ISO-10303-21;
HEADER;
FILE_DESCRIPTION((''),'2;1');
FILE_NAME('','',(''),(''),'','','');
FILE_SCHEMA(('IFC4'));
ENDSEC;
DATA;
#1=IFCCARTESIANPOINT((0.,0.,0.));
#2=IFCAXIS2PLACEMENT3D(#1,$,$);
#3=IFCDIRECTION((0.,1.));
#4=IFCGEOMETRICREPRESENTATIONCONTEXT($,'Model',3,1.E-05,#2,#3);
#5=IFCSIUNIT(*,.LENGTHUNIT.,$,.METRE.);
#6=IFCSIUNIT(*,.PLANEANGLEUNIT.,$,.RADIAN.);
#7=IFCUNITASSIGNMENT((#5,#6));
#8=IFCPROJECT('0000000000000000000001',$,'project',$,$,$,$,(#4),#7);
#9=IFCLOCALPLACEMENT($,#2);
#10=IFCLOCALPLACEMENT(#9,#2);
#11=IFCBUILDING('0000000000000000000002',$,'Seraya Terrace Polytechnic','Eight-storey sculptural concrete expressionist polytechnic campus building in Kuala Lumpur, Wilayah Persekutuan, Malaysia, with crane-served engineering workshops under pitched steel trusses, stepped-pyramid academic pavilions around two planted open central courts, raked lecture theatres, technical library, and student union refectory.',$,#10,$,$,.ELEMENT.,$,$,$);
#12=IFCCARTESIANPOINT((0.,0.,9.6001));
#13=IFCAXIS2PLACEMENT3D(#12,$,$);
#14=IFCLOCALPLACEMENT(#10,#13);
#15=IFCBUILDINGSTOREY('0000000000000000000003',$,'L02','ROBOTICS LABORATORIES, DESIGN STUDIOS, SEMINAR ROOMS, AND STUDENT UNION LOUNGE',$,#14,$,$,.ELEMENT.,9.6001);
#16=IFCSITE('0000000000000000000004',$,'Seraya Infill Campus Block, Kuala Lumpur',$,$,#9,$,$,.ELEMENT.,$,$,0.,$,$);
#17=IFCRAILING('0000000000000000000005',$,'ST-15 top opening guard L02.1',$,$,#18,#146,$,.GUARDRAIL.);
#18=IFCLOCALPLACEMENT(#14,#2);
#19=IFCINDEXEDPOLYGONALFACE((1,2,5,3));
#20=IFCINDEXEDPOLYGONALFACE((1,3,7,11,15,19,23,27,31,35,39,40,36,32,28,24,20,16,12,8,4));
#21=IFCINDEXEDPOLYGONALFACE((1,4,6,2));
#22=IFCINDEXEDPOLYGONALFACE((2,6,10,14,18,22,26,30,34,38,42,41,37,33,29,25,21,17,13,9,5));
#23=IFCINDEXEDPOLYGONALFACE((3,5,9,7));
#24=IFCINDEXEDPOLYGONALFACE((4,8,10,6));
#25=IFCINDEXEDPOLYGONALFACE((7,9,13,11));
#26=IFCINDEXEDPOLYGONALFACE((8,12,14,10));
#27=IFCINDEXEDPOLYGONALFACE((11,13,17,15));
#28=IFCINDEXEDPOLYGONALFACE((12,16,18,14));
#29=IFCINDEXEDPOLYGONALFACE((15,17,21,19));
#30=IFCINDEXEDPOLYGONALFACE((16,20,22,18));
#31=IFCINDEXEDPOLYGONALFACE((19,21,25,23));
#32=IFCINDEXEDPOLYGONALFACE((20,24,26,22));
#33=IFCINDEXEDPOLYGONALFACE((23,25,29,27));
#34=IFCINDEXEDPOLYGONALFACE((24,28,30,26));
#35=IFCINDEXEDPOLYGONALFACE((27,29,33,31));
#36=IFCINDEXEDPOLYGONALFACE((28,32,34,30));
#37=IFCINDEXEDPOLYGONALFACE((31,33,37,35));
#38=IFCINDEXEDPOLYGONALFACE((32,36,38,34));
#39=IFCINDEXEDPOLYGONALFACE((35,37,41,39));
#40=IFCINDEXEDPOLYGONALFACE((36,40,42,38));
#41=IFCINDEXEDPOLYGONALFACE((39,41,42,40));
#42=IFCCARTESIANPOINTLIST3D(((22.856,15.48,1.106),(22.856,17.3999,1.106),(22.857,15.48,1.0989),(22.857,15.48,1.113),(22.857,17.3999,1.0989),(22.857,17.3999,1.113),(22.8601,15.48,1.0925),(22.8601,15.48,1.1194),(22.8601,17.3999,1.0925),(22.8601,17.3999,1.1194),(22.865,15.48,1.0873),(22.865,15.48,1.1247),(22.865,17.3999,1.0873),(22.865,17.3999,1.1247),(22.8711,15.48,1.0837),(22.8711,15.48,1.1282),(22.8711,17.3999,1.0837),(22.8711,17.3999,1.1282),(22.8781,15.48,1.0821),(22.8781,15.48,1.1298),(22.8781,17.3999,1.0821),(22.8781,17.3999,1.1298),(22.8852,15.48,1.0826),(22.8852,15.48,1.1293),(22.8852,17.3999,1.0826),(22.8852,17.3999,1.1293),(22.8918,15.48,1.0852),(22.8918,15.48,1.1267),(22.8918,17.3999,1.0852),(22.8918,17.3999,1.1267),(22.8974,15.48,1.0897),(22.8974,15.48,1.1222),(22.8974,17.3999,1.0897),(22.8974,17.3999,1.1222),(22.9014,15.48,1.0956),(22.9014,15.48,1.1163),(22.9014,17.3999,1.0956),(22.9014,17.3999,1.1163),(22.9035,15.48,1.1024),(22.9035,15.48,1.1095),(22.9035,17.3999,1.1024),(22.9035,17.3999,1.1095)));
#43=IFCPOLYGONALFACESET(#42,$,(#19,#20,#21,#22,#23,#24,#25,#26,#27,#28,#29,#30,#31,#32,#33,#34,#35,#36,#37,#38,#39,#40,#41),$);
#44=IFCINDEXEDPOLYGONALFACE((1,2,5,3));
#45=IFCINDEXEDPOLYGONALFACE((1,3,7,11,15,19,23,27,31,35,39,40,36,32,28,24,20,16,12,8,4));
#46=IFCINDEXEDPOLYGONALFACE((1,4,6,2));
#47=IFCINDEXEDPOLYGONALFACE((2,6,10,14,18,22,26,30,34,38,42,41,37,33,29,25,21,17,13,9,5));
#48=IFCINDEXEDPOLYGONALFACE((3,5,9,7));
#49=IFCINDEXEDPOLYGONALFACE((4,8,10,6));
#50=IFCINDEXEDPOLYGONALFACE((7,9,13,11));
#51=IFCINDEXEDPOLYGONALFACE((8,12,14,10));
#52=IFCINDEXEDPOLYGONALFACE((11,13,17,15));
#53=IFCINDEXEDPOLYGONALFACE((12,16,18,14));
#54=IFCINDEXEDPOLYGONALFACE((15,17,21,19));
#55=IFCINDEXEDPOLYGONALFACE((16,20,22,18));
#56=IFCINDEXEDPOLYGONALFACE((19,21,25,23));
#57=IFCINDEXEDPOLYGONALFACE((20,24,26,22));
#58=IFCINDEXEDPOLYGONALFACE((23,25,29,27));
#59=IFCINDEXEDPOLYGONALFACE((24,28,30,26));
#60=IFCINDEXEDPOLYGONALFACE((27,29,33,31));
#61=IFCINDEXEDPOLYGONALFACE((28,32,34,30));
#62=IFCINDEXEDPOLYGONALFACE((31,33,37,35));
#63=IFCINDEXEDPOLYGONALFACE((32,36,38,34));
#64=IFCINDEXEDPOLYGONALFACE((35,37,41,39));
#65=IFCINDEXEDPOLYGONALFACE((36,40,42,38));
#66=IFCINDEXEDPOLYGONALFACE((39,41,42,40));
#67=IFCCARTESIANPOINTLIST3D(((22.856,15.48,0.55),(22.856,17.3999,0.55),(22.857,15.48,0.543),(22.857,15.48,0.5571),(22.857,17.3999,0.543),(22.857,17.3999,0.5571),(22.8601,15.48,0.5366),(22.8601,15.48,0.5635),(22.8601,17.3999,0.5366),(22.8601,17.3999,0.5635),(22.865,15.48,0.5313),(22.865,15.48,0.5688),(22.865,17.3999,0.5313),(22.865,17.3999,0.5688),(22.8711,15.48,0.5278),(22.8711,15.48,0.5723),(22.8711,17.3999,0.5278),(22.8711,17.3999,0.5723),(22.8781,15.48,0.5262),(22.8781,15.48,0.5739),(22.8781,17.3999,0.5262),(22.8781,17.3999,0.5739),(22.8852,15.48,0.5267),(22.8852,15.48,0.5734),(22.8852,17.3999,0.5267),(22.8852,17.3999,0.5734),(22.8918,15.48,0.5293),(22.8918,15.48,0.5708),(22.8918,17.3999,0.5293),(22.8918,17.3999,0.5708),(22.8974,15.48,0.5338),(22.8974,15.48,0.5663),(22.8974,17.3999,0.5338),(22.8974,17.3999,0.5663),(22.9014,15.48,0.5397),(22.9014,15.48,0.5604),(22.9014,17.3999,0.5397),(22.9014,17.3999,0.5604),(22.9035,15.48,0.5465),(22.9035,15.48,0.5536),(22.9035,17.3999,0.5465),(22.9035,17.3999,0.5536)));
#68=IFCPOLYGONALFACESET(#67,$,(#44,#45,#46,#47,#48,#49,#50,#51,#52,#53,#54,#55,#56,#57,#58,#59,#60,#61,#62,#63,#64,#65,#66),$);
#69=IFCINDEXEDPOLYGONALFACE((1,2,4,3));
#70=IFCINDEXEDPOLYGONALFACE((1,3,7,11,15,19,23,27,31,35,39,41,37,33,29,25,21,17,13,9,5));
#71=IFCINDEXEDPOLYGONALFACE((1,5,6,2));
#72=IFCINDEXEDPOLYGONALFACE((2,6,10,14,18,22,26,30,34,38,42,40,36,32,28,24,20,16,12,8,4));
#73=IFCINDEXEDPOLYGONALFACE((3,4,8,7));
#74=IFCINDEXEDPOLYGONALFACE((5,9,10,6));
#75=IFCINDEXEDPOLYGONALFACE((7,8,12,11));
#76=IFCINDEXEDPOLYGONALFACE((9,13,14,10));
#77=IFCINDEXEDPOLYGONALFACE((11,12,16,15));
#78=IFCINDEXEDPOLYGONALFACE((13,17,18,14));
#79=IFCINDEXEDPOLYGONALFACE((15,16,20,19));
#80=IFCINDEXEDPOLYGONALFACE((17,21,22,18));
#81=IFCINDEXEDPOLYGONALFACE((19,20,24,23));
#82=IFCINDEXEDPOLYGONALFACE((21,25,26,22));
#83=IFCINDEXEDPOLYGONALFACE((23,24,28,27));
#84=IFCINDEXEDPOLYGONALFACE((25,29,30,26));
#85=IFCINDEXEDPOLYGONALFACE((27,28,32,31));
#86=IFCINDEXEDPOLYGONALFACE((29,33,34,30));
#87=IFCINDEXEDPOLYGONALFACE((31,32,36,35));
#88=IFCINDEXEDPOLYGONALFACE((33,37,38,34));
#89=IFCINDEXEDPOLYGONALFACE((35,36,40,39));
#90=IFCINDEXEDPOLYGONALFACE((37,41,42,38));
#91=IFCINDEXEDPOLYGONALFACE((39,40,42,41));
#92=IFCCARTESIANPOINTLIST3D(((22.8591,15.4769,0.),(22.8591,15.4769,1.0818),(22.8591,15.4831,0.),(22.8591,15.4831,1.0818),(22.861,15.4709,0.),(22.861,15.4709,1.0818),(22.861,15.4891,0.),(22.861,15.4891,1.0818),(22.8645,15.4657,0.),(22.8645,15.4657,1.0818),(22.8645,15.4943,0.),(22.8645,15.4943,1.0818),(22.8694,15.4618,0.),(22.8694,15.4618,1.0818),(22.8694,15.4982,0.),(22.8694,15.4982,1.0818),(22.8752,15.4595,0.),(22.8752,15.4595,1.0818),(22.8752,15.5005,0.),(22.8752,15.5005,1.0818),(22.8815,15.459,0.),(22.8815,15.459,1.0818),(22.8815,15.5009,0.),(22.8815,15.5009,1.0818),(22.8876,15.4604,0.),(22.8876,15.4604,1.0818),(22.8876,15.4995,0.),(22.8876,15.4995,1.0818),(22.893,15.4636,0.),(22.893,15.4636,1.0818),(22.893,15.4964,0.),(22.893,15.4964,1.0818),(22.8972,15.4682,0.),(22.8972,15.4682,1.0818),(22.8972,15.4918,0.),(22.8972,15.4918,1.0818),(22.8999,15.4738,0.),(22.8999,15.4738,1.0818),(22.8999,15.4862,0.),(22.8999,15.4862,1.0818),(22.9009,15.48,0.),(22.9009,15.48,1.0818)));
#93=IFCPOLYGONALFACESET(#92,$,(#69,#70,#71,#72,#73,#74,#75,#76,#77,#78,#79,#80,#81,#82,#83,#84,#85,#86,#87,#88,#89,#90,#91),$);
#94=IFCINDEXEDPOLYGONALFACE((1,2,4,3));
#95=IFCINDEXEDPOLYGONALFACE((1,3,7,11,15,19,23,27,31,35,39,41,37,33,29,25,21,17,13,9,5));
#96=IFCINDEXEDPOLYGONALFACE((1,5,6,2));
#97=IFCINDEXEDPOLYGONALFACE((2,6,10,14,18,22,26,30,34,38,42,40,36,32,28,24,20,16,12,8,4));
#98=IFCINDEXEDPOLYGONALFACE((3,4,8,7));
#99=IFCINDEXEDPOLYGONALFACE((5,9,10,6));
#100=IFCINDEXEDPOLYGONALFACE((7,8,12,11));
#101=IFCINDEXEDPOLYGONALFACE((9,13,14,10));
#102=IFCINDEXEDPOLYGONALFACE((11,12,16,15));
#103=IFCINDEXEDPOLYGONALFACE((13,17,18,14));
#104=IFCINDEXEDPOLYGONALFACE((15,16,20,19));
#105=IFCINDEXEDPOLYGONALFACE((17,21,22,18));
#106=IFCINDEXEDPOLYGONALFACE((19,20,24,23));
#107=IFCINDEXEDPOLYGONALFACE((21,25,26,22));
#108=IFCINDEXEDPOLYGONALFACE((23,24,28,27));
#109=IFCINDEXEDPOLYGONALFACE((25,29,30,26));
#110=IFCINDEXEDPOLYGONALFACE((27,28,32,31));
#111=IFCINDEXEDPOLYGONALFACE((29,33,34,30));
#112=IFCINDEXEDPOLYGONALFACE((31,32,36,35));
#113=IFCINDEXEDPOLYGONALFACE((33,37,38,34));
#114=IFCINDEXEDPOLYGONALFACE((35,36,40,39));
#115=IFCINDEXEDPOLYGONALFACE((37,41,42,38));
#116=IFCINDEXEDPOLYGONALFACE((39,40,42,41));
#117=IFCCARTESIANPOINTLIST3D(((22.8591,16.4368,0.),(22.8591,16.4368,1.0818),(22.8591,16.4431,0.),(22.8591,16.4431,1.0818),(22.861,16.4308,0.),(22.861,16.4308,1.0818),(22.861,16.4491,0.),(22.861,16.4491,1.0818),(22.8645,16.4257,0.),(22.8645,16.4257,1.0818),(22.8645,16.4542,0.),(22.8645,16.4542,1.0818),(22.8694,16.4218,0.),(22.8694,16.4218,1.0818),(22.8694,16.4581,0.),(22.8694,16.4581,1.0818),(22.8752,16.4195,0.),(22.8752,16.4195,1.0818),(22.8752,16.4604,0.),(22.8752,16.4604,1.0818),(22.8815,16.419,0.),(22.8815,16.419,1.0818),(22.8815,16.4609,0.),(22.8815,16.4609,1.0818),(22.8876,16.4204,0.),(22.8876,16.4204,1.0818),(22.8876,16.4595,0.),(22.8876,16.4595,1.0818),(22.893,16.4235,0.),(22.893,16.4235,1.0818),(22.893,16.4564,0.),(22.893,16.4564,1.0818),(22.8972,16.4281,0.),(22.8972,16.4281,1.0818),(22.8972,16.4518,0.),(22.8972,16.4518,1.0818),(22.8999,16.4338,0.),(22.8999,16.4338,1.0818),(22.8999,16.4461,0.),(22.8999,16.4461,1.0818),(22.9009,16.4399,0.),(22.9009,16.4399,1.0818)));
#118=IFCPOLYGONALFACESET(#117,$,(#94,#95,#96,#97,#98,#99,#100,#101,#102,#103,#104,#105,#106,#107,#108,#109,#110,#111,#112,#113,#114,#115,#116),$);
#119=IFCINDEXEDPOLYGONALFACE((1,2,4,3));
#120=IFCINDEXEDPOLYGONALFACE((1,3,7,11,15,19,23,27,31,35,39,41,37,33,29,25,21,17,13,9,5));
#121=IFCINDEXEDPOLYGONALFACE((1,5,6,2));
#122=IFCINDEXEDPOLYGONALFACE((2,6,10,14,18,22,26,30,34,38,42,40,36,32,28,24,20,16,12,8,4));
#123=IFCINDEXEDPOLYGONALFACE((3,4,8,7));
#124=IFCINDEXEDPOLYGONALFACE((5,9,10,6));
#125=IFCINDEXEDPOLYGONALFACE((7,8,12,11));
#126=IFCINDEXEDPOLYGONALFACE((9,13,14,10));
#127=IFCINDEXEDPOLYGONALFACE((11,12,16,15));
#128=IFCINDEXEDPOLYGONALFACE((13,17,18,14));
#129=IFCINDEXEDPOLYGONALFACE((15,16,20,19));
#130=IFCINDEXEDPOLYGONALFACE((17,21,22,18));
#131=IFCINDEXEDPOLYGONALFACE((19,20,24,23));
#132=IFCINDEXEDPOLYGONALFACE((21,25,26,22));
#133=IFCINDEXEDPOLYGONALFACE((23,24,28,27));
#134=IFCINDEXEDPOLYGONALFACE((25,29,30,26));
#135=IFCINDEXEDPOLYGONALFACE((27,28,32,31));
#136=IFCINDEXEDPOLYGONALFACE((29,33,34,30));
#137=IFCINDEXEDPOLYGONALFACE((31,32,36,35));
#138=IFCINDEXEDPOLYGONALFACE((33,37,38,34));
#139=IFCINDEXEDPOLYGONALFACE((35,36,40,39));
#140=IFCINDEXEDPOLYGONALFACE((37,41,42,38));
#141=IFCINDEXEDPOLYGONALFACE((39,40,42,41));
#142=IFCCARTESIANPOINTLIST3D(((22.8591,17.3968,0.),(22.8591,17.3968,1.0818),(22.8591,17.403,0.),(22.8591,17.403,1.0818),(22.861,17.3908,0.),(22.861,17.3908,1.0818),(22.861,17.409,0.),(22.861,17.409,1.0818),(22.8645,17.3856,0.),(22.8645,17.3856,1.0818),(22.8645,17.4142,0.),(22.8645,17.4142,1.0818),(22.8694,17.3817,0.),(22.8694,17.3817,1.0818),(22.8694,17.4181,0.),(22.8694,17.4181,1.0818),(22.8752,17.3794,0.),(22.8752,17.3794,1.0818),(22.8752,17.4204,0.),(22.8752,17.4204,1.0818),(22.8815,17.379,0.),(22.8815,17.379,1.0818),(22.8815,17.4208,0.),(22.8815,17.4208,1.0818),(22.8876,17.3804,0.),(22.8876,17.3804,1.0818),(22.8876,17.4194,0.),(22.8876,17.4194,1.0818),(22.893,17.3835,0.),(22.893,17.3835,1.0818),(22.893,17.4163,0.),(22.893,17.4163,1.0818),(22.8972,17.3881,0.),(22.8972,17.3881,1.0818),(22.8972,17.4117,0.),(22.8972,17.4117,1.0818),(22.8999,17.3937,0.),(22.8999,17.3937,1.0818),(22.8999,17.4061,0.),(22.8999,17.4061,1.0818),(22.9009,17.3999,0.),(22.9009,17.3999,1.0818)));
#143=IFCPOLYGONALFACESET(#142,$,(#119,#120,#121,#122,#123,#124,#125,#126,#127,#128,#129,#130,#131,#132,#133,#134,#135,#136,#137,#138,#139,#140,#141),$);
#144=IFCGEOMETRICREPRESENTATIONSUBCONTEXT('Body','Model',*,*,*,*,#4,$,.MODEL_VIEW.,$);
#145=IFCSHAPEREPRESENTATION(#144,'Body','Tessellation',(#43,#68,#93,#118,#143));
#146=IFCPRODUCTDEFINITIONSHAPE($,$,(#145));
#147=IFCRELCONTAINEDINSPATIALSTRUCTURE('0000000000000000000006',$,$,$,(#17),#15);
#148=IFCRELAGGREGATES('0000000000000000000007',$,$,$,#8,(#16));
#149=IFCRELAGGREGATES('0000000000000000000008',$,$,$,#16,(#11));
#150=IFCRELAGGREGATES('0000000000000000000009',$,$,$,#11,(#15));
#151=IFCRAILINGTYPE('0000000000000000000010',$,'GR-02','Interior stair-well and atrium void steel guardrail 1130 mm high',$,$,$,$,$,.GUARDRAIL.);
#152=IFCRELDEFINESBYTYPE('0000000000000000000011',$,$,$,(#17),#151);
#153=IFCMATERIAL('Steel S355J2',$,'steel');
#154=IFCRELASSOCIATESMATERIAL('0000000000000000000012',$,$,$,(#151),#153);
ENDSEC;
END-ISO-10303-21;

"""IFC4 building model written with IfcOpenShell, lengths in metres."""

from ifc_helpers import new_model, si_unit, direction, frame, origin, origin_2d, place, context, subcontext, project, spatial, circle, extrude, material, type_object, element, save


model = new_model("IFC4")

# Units and contexts
model_context = context("Model", 3, precision=1e-05, world=origin(), true_north=direction((0.0, 1.0)))
body_context = subcontext(model_context, "Body", "Model", "MODEL_VIEW")
ifc_project = project(units=[si_unit("LENGTHUNIT", "METRE"), si_unit("PLANEANGLEUNIT", "RADIAN")], contexts=[model_context])

# Site, building, storey
site_placement = place(None, origin())
site = spatial("IfcSite", under=ifc_project, at=site_placement, Name="Seraya Infill Campus Block, Kuala Lumpur", CompositionType="ELEMENT", RefElevation=0.0)
building_placement = place(site_placement, origin())
building = spatial("IfcBuilding", under=site, at=building_placement, Name="Seraya Terrace Polytechnic", Description="Eight-storey sculptural concrete expressionist polytechnic campus building in Kuala Lumpur, Wilayah Persekutuan, Malaysia, with crane-served engineering workshops under pitched steel trusses, stepped-pyramid academic pavilions around two planted open central courts, raked lecture theatres, technical library, and student union refectory.", CompositionType="ELEMENT")
storey_placement = place(building_placement, frame((0.0, 0.0, 9.6001)))
storey = spatial("IfcBuildingStorey", under=building, at=storey_placement, Name="L02", Description="ROBOTICS LABORATORIES, DESIGN STUDIOS, SEMINAR ROOMS, AND STUDENT UNION LOUNGE", CompositionType="ELEMENT", Elevation=9.6001)

# Railing
ifc_material_1 = material(Name="Steel S355J2", Category="steel")
railing_type_1 = type_object("IfcRailingType", Name="GR-02", Description="Interior stair-well and atrium void steel guardrail 1130 mm high", PredefinedType="GUARDRAIL", material=ifc_material_1)
railing_1_placement = place(storey_placement, frame((22.8799, 15.48, 0.0)))
element("IfcRailing", 1, at=railing_1_placement, inside=storey, type_object=railing_type_1, Name="ST-15 top opening guard L02.1", PredefinedType="GUARDRAIL", context=body_context, shape_type="SweptSolid", body=[
    extrude(circle(Radius=0.0239, at=origin_2d()), frame((0.0, 0.0, 1.106), z_axis=(0.0, 1.0, 0.0), x_axis=(-1.0, 0.0, 0.0)), (0.0, 0.0, 1.0), 1.9199),
    extrude(circle(Radius=0.0239, at=origin_2d()), frame((0.0, 0.0, 0.55), z_axis=(0.0, 1.0, 0.0), x_axis=(-1.0, 0.0, 0.0)), (0.0, 0.0, 1.0), 1.9199),
    extrude(circle(Radius=0.021, at=origin_2d()), origin(), (0.0, 0.0, 1.0), 1.0818),
    extrude(circle(Radius=0.021, at=origin_2d()), frame((0.0, 0.96, 0.0)), (0.0, 0.0, 1.0), 1.0818),
    extrude(circle(Radius=0.021, at=origin_2d()), frame((0.0, 1.9199, 0.0)), (0.0, 0.0, 1.0), 1.0818),
])

save(model, "model.ifc")
